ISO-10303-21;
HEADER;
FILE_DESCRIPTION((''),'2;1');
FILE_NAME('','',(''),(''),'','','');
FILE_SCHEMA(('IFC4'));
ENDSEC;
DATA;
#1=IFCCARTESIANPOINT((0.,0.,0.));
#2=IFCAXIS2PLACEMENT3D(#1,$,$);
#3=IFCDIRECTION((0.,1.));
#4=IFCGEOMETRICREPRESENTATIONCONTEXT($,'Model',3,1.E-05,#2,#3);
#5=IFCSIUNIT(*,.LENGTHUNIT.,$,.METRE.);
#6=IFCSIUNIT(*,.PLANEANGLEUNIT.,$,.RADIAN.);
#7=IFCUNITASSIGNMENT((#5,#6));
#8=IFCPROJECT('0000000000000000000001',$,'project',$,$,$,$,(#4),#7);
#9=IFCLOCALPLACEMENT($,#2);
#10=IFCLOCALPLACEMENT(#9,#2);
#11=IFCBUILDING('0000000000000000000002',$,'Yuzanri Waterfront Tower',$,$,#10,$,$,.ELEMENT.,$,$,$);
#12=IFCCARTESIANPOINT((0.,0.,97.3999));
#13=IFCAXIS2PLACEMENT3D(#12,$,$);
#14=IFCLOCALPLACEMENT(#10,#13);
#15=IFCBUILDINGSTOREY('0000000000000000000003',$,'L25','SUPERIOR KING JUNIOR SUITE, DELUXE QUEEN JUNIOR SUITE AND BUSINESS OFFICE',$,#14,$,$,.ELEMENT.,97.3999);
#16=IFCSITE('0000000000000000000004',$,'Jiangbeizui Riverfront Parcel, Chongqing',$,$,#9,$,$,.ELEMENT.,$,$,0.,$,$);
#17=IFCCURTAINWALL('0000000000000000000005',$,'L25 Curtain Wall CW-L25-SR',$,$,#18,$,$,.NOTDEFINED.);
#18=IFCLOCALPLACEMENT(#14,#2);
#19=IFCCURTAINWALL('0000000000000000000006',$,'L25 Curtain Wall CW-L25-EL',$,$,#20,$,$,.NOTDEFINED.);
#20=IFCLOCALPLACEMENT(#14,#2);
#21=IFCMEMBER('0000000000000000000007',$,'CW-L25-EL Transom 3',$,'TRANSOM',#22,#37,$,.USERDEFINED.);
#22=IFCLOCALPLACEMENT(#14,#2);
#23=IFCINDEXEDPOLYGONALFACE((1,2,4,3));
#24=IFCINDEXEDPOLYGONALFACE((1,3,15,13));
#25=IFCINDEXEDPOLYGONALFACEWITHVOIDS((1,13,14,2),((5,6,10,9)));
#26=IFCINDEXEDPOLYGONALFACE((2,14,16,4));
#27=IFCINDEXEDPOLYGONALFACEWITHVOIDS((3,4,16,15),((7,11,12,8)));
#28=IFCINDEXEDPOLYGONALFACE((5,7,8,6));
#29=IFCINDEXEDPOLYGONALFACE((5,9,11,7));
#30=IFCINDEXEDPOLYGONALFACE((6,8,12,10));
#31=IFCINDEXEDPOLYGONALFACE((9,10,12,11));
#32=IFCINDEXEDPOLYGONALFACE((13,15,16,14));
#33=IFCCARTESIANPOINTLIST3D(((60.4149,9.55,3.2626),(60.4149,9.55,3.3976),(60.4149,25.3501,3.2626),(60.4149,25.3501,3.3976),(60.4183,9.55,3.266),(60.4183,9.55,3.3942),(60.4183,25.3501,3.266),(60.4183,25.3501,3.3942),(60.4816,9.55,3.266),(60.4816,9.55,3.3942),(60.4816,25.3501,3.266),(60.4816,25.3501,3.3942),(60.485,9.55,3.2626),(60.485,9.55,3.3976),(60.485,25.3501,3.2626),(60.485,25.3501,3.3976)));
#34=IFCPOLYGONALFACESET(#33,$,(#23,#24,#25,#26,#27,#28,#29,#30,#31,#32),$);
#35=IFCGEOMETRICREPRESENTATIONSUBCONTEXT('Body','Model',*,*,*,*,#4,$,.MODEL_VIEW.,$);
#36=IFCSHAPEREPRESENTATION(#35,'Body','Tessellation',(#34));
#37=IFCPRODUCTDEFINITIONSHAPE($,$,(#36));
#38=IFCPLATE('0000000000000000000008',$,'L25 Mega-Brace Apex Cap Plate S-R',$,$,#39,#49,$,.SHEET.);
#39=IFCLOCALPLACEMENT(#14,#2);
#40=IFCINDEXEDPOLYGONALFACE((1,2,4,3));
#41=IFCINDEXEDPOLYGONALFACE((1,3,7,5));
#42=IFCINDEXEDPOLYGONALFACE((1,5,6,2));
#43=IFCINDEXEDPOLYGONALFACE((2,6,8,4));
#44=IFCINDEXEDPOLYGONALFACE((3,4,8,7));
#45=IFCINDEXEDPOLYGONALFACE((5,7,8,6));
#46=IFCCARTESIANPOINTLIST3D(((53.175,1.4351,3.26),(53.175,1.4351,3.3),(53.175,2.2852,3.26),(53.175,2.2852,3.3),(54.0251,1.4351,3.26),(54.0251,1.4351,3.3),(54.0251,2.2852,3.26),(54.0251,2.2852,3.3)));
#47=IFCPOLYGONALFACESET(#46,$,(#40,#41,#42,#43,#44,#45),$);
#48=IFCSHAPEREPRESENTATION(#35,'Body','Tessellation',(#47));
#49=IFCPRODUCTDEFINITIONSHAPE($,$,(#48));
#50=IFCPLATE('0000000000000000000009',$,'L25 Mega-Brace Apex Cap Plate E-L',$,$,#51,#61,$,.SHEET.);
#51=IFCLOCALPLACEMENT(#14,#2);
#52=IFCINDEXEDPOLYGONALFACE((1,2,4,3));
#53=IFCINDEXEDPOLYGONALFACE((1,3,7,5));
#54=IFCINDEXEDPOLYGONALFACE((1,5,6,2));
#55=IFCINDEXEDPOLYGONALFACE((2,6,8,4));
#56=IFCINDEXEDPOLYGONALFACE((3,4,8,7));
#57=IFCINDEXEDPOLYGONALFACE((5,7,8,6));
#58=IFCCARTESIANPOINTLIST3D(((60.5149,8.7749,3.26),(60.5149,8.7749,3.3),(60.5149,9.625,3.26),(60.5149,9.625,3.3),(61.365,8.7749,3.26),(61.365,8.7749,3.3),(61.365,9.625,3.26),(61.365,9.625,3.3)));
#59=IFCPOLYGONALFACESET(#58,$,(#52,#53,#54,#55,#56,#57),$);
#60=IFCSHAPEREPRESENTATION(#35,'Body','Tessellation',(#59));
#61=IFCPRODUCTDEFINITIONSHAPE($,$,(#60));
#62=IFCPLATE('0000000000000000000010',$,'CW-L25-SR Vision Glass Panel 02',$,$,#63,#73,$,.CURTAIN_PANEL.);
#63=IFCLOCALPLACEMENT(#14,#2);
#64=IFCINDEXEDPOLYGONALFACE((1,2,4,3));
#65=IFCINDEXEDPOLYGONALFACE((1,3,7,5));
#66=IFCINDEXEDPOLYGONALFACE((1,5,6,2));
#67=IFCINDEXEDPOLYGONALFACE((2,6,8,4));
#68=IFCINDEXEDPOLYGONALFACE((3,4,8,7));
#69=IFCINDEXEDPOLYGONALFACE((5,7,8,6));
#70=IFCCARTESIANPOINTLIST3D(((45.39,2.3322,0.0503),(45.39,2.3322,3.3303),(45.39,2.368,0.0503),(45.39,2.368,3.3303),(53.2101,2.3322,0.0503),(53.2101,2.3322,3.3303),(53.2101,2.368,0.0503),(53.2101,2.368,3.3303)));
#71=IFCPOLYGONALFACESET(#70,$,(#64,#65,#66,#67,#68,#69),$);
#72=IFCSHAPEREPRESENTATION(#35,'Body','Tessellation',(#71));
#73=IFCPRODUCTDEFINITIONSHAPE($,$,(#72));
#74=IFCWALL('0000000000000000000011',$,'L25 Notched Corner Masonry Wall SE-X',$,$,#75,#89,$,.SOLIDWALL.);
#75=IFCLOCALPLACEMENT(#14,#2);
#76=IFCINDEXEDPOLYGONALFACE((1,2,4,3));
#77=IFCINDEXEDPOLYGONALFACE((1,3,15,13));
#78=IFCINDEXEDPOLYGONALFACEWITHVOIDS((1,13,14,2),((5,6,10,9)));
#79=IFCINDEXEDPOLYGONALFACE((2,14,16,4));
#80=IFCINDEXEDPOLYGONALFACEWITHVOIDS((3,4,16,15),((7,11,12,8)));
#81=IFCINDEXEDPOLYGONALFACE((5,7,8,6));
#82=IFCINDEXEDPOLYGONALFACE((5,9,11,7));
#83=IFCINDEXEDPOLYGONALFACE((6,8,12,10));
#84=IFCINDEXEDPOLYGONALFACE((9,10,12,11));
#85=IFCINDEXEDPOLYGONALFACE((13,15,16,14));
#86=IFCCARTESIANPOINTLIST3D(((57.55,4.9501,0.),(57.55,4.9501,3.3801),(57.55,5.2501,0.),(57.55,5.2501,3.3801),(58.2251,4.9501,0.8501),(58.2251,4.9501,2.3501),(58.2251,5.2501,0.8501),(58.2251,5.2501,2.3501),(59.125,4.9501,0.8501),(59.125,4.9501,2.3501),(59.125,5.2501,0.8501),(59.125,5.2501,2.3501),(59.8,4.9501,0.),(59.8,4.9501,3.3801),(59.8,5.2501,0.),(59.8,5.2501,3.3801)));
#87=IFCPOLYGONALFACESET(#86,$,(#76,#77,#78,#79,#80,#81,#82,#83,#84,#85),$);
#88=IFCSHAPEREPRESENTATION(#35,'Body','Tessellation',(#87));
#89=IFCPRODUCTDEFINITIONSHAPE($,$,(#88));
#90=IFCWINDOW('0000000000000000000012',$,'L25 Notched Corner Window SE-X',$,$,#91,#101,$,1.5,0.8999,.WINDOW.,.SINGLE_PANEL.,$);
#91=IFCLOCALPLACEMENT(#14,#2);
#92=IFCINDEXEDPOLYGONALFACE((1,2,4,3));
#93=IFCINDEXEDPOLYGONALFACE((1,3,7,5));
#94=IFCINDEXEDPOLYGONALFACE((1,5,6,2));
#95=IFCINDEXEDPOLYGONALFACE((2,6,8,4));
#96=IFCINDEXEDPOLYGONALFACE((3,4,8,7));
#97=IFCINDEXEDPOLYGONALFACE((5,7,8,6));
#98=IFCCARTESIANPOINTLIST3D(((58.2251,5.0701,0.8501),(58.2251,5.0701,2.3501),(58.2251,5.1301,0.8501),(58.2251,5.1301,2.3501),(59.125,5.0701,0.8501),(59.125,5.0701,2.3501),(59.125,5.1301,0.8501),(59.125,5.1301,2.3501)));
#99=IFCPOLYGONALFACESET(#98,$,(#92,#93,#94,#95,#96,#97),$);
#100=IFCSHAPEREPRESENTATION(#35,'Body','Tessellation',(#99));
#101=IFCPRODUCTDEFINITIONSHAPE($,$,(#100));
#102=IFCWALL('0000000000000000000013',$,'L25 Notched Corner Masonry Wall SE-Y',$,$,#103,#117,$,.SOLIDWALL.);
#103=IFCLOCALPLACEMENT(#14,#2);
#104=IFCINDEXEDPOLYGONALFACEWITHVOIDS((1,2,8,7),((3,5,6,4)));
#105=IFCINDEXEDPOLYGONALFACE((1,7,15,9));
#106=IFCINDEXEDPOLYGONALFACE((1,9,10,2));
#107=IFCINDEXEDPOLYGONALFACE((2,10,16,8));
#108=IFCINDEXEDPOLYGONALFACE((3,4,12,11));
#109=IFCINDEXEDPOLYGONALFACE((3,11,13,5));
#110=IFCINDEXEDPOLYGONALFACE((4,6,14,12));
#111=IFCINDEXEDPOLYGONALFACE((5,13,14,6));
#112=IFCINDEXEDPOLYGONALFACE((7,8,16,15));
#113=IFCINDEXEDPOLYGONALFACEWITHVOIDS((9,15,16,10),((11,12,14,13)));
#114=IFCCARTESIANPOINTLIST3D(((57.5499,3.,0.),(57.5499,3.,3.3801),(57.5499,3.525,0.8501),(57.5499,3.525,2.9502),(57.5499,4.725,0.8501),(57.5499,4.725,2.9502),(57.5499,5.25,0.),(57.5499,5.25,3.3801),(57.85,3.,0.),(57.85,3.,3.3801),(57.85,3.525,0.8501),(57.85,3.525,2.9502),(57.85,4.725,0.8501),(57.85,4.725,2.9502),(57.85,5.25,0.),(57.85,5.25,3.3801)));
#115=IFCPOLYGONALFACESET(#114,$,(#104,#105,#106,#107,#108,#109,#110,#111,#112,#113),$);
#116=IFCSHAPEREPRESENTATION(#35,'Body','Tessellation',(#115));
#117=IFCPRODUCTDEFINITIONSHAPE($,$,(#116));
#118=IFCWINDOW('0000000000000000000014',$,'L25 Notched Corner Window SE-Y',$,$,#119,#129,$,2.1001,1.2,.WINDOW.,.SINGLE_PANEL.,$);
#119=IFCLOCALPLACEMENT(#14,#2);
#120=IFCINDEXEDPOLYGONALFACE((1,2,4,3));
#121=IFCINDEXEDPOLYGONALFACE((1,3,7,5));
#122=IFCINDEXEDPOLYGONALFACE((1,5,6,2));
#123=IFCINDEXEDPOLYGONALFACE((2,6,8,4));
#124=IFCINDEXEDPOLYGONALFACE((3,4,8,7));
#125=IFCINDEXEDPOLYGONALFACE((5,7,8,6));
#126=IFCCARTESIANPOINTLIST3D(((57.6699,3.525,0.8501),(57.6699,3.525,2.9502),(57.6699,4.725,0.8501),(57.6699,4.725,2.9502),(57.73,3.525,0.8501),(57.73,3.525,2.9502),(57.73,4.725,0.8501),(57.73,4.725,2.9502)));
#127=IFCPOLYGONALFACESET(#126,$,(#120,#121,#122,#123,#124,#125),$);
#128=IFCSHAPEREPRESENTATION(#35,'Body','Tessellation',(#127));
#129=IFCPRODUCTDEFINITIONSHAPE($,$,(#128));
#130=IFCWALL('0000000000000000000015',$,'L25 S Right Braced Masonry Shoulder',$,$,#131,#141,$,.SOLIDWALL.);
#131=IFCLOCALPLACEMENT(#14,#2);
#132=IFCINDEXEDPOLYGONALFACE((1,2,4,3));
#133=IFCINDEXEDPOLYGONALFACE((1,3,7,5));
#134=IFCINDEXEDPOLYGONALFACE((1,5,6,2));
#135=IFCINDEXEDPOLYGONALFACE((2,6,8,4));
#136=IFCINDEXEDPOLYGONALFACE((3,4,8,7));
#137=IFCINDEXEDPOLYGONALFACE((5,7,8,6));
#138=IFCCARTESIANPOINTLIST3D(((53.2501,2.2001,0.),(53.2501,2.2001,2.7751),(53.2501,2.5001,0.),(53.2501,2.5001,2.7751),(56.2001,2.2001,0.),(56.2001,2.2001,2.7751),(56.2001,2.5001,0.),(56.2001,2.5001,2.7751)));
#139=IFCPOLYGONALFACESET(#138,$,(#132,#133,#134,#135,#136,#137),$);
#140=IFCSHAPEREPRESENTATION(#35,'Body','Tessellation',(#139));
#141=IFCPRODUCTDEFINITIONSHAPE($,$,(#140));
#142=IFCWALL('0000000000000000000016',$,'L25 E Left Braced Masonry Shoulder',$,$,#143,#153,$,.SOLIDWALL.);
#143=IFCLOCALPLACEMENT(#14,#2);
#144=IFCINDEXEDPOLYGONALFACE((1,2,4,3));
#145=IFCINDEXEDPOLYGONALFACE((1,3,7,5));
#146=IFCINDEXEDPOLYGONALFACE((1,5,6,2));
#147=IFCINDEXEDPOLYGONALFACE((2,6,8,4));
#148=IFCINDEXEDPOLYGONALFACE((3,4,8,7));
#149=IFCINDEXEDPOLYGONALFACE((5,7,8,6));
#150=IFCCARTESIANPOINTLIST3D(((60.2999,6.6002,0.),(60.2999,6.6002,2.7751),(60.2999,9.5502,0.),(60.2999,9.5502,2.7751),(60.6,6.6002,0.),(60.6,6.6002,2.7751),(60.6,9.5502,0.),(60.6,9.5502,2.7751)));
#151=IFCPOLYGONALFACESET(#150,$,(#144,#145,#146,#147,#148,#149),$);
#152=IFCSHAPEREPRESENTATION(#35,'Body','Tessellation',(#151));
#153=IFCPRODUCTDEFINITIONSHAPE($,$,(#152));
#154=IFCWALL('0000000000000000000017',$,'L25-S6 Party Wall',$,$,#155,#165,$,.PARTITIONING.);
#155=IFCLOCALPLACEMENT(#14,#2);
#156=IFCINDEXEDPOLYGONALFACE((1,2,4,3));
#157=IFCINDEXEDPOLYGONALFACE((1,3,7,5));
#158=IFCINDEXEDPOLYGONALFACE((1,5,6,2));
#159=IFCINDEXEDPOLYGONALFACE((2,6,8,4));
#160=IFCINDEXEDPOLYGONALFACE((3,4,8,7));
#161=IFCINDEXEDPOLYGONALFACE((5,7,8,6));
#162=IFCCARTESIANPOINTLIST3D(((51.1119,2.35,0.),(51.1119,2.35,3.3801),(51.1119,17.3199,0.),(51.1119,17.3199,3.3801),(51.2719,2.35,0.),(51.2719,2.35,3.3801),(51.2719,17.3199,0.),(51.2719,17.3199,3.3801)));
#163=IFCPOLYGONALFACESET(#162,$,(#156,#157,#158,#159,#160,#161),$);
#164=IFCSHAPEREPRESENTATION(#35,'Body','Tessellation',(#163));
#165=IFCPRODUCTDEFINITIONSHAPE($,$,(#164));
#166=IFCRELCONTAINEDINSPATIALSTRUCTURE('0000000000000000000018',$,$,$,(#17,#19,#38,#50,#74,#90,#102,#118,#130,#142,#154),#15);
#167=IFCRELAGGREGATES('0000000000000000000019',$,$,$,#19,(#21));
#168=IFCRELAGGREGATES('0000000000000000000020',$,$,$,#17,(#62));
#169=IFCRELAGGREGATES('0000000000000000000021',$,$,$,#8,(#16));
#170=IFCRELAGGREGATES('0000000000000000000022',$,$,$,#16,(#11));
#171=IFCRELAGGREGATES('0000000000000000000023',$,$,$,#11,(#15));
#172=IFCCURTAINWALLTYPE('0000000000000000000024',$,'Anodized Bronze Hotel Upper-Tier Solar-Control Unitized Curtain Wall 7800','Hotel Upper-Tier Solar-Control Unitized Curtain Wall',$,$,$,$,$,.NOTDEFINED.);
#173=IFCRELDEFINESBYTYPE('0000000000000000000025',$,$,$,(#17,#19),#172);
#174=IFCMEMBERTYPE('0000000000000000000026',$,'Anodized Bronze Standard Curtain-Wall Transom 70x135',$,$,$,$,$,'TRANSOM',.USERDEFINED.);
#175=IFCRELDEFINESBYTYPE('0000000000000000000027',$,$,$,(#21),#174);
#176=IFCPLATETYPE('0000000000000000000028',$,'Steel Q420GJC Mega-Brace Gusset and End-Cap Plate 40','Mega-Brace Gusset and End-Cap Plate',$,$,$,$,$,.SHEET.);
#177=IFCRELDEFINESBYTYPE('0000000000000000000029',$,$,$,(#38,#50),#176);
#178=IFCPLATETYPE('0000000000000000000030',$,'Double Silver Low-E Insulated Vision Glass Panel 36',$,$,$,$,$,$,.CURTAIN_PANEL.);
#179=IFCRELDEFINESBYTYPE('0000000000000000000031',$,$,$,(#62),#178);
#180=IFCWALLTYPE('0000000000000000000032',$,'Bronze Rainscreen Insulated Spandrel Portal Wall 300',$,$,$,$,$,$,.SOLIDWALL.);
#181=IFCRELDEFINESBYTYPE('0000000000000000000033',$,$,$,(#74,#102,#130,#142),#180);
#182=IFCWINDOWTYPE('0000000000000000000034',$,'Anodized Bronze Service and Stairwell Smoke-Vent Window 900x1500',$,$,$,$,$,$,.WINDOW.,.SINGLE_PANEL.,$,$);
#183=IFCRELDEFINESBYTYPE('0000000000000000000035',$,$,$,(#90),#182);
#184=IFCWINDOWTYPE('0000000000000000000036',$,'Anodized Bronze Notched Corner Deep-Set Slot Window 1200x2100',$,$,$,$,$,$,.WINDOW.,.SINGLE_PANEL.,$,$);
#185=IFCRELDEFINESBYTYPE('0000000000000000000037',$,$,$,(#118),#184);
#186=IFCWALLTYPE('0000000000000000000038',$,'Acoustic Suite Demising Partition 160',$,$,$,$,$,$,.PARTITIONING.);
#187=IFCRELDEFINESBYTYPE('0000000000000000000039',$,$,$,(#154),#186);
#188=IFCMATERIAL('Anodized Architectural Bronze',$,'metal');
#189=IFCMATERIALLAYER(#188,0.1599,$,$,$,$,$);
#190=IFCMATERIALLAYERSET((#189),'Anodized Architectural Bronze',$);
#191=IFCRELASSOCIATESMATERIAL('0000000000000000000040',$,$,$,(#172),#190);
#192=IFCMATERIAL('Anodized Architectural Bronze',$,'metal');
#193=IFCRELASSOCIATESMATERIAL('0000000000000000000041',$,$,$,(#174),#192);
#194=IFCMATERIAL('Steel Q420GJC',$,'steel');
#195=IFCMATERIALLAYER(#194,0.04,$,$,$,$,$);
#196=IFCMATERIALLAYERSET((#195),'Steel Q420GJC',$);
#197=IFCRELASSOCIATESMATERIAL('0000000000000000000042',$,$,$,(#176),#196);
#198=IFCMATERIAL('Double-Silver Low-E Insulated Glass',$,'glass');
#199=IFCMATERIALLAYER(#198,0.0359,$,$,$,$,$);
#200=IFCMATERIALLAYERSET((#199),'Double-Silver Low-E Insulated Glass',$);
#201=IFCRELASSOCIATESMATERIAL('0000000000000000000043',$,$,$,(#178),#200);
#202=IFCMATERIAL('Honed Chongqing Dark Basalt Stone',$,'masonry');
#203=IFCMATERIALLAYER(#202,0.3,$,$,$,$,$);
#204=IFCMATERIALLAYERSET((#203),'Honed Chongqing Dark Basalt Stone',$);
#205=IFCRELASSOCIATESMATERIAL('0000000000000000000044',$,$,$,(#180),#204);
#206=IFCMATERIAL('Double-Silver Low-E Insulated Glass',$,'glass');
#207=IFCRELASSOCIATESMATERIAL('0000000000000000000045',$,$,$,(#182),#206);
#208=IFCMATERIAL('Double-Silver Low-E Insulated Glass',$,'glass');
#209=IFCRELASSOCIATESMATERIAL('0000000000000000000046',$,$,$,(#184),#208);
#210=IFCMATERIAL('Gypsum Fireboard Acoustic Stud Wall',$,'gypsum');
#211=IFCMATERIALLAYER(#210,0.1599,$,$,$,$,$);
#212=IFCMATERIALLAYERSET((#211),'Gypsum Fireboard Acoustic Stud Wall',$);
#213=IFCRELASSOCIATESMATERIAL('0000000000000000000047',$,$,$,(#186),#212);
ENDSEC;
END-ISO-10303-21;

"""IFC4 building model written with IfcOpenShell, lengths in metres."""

from ifc_helpers import new_model, si_unit, direction, frame, frame_2d, origin, origin_2d, place, context, subcontext, project, spatial, rectangle, hollow_rectangle, extrude, source, transform, mapped, material, layer, layer_set, material_profile, profile_set, type_object, element, fill, aggregate, save


model = new_model("IFC4")

# Units and contexts
model_context = context("Model", 3, precision=1e-05, world=origin(), true_north=direction((0.0, 1.0)))
body_context = subcontext(model_context, "Body", "Model", "MODEL_VIEW")
ifc_project = project(units=[si_unit("LENGTHUNIT", "METRE"), si_unit("PLANEANGLEUNIT", "RADIAN")], contexts=[model_context])

# Site, building, storey
site_placement = place(None, origin())
site = spatial("IfcSite", under=ifc_project, at=site_placement, Name="Jiangbeizui Riverfront Parcel, Chongqing", CompositionType="ELEMENT", RefElevation=0.0)
building_placement = place(site_placement, origin())
building = spatial("IfcBuilding", under=site, at=building_placement, Name="Yuzanri Waterfront Tower", CompositionType="ELEMENT")
storey_placement = place(building_placement, frame((0.0, 0.0, 97.3999)))
storey = spatial("IfcBuildingStorey", under=building, at=storey_placement, Name="L25", Description="SUPERIOR KING JUNIOR SUITE, DELUXE QUEEN JUNIOR SUITE AND BUSINESS OFFICE", CompositionType="ELEMENT", Elevation=97.3999)

# Curtain walls, member
ifc_material_1 = material(Name="Anodized Architectural Bronze", Category="metal")
ifc_layer_1 = layer(ifc_material_1, 0.1599)
ifc_layer_set_1 = layer_set([ifc_layer_1], Name="Anodized Architectural Bronze")
curtain_wall_type = type_object("IfcCurtainWallType", Name="Anodized Bronze Hotel Upper-Tier Solar-Control Unitized Curtain Wall 7800", Description="Hotel Upper-Tier Solar-Control Unitized Curtain Wall", PredefinedType="NOTDEFINED", material=ifc_layer_set_1)
curtain_wall_1_placement = place(storey_placement, origin())
curtain_wall_1 = element("IfcCurtainWall", 1, at=curtain_wall_1_placement, inside=storey, type_object=curtain_wall_type, Name="L25 Curtain Wall CW-L25-SR", PredefinedType="NOTDEFINED")
curtain_wall_2_placement = place(storey_placement, origin())
curtain_wall_2 = element("IfcCurtainWall", 2, at=curtain_wall_2_placement, inside=storey, type_object=curtain_wall_type, Name="L25 Curtain Wall CW-L25-EL", PredefinedType="NOTDEFINED")
ifc_material_2 = material(Name="Anodized Architectural Bronze", Category="metal")
ifc_material_profile_1 = material_profile(ifc_material_2, hollow_rectangle(XDim=0.0701, YDim=0.135, WallThickness=0.0034, at=origin_2d()), Name="CWT 70x135")
ifc_profile_set_1 = profile_set([ifc_material_profile_1], Name="Anodized Architectural Bronze")
member_type_1 = type_object("IfcMemberType", Name="Anodized Bronze Standard Curtain-Wall Transom 70x135", ElementType="TRANSOM", PredefinedType="USERDEFINED", material=ifc_profile_set_1)
shared_shape_1 = source(origin(), body_context, "Body", "SweptSolid", [
    extrude(hollow_rectangle(XDim=0.0701, YDim=0.135, WallThickness=0.0034, at=origin_2d()), origin(), (0.0, 0.0, 1.0), 15.8),
])
member_1_placement = place(storey_placement, frame((60.45, 9.55, 3.3301), z_axis=(0.0, 1.0, 0.0), x_axis=(-1.0, 0.0, 0.0)))
member_1 = element("IfcMember", 3, at=member_1_placement, type_object=member_type_1, Name="CW-L25-EL Transom 3", ObjectType="TRANSOM", PredefinedType="USERDEFINED", context=body_context, shape_type="MappedRepresentation", body=[
    mapped(shared_shape_1, transform((0.0, 0.0, 0.0), scale=1.0)),
])
aggregate(curtain_wall_2, [member_1])

# Plates
ifc_material_3 = material(Name="Steel Q420GJC", Category="steel")
ifc_layer_2 = layer(ifc_material_3, 0.04)
ifc_layer_set_2 = layer_set([ifc_layer_2], Name="Steel Q420GJC")
plate_type_1 = type_object("IfcPlateType", Name="Steel Q420GJC Mega-Brace Gusset and End-Cap Plate 40", Description="Mega-Brace Gusset and End-Cap Plate", PredefinedType="SHEET", material=ifc_layer_set_2)
shared_shape_2 = source(origin(), body_context, "Body", "SweptSolid", [
    extrude(rectangle(XDim=0.8501, YDim=0.8501, at=origin_2d()), origin(), (0.0, 0.0, 1.0), 0.04),
])
for number, where, z_axis, x_axis, name in (
    (4, (53.6001, 1.8601, 3.26), (0.0, 0.0, 1.0), (1.0, 0.0, 0.0), "L25 Mega-Brace Apex Cap Plate S-R"),
    (5, (60.9399, 9.2, 3.26), (0.0, 0.0, 1.0), (1.0, 0.0, 0.0), "L25 Mega-Brace Apex Cap Plate E-L"),
):
    element("IfcPlate", number, at=place(storey_placement, frame(where, z_axis=z_axis, x_axis=x_axis)), inside=storey, type_object=plate_type_1, Name=name, PredefinedType="SHEET", context=body_context, shape_type="MappedRepresentation", body=[
        mapped(shared_shape_2, transform((0.0, 0.0, 0.0), scale=1.0)),
    ])

# Plate
ifc_material_4 = material(Name="Double-Silver Low-E Insulated Glass", Category="glass")
ifc_layer_3 = layer(ifc_material_4, 0.0359)
ifc_layer_set_3 = layer_set([ifc_layer_3], Name="Double-Silver Low-E Insulated Glass")
plate_type_2 = type_object("IfcPlateType", Name="Double Silver Low-E Insulated Vision Glass Panel 36", PredefinedType="CURTAIN_PANEL", material=ifc_layer_set_3)
shared_shape_3 = source(origin(), body_context, "Body", "SweptSolid", [
    extrude(rectangle(XDim=7.8201, YDim=0.0359, at=origin_2d()), origin(), (0.0, 0.0, 1.0), 3.28),
])
plate_placement = place(storey_placement, frame((49.3, 2.3501, 0.0503), z_axis=(0.0, 0.0, 1.0), x_axis=(1.0, 0.0, 0.0)))
plate = element("IfcPlate", 6, at=plate_placement, type_object=plate_type_2, Name="CW-L25-SR Vision Glass Panel 02", PredefinedType="CURTAIN_PANEL", context=body_context, shape_type="MappedRepresentation", body=[
    mapped(shared_shape_3, transform((0.0, 0.0, 0.0), scale=1.0)),
])
aggregate(curtain_wall_1, [plate])

# Walls, openings, windows
ifc_material_5 = material(Name="Honed Chongqing Dark Basalt Stone", Category="masonry")
ifc_layer_4 = layer(ifc_material_5, 0.3)
ifc_layer_set_4 = layer_set([ifc_layer_4], Name="Honed Chongqing Dark Basalt Stone")
wall_type_1 = type_object("IfcWallType", Name="Bronze Rainscreen Insulated Spandrel Portal Wall 300", PredefinedType="SOLIDWALL", material=ifc_layer_set_4)
wall_1_placement = place(storey_placement, frame((57.55, 5.1001, 0.0), z_axis=(0.0, 0.0, 1.0), x_axis=(1.0, 0.0, 0.0)))
wall_1 = element("IfcWall", 7, at=wall_1_placement, inside=storey, type_object=wall_type_1, Name="L25 Notched Corner Masonry Wall SE-X", PredefinedType="SOLIDWALL", context=body_context, shape_type="SweptSolid", body=[
    extrude(rectangle(XDim=2.25, YDim=0.3, at=frame_2d((1.125, 0.0))), origin(), (0.0, 0.0, 1.0), 3.3801),
])
opening_1_placement = place(wall_1_placement, frame((0.675, 0.0, 0.8501)))
opening_1 = element("IfcOpeningElement", 8, at=opening_1_placement, cuts=wall_1, PredefinedType="OPENING", context=body_context, shape_type="SweptSolid", body=[
    extrude(rectangle(XDim=0.8999, YDim=1.5, at=frame_2d((0.45, 0.75))), frame((0.0, 0.165, 0.0), z_axis=(0.0, -1.0, 0.0), x_axis=(1.0, 0.0, 0.0)), (0.0, 0.0, 1.0), 0.3298),
])
ifc_material_6 = material(Name="Double-Silver Low-E Insulated Glass", Category="glass")
window_type_1 = type_object("IfcWindowType", Name="Anodized Bronze Service and Stairwell Smoke-Vent Window 900x1500", PartitioningType="SINGLE_PANEL", PredefinedType="WINDOW", material=ifc_material_6)
shared_shape_4 = source(origin(), body_context, "Body", "SweptSolid", [
    extrude(rectangle(XDim=0.8999, YDim=1.5, at=frame_2d((0.45, 0.75))), frame((0.0, 0.03, 0.0), z_axis=(0.0, -1.0, 0.0), x_axis=(1.0, 0.0, 0.0)), (0.0, 0.0, 1.0), 0.0601),
])
window_1_placement = place(opening_1_placement, origin())
window_1 = element("IfcWindow", 9, at=window_1_placement, inside=storey, type_object=window_type_1, Name="L25 Notched Corner Window SE-X", OverallHeight=1.5, OverallWidth=0.8999, PartitioningType="SINGLE_PANEL", PredefinedType="WINDOW", context=body_context, shape_type="MappedRepresentation", body=[
    mapped(shared_shape_4, transform((0.0, 0.0, 0.0), scale=1.0)),
])
fill(opening_1, window_1)
wall_2_placement = place(storey_placement, frame((57.7, 3.0, 0.0), z_axis=(0.0, 0.0, 1.0), x_axis=(0.0, 1.0, 0.0)))
wall_2 = element("IfcWall", 10, at=wall_2_placement, inside=storey, type_object=wall_type_1, Name="L25 Notched Corner Masonry Wall SE-Y", PredefinedType="SOLIDWALL", context=body_context, shape_type="SweptSolid", body=[
    extrude(rectangle(XDim=2.25, YDim=0.3, at=frame_2d((1.125, 0.0))), origin(), (0.0, 0.0, 1.0), 3.3801),
])
opening_2_placement = place(wall_2_placement, frame((0.5249, 0.0, 0.8501)))
opening_2 = element("IfcOpeningElement", 11, at=opening_2_placement, cuts=wall_2, PredefinedType="OPENING", context=body_context, shape_type="SweptSolid", body=[
    extrude(rectangle(XDim=1.2, YDim=2.1001, at=frame_2d((0.6001, 1.05))), frame((0.0, 0.165, 0.0), z_axis=(0.0, -1.0, 0.0), x_axis=(1.0, 0.0, 0.0)), (0.0, 0.0, 1.0), 0.3298),
])
ifc_material_7 = material(Name="Double-Silver Low-E Insulated Glass", Category="glass")
window_type_2 = type_object("IfcWindowType", Name="Anodized Bronze Notched Corner Deep-Set Slot Window 1200x2100", PartitioningType="SINGLE_PANEL", PredefinedType="WINDOW", material=ifc_material_7)
shared_shape_5 = source(origin(), body_context, "Body", "SweptSolid", [
    extrude(rectangle(XDim=1.2, YDim=2.1001, at=frame_2d((0.6001, 1.05))), frame((0.0, 0.03, 0.0), z_axis=(0.0, -1.0, 0.0), x_axis=(1.0, 0.0, 0.0)), (0.0, 0.0, 1.0), 0.0601),
])
window_2_placement = place(opening_2_placement, origin())
window_2 = element("IfcWindow", 12, at=window_2_placement, inside=storey, type_object=window_type_2, Name="L25 Notched Corner Window SE-Y", OverallHeight=2.1001, OverallWidth=1.2, PartitioningType="SINGLE_PANEL", PredefinedType="WINDOW", context=body_context, shape_type="MappedRepresentation", body=[
    mapped(shared_shape_5, transform((0.0, 0.0, 0.0), scale=1.0)),
])
fill(opening_2, window_2)

# Walls
shared_shape_6 = source(origin(), body_context, "Body", "SweptSolid", [
    extrude(rectangle(XDim=2.95, YDim=0.3, at=frame_2d((1.4751, 0.0))), origin(), (0.0, 0.0, 1.0), 2.7751),
])
for number, where, z_axis, x_axis, name in (
    (13, (53.25, 2.3501, 0.0), (0.0, 0.0, 1.0), (1.0, 0.0, 0.0), "L25 S Right Braced Masonry Shoulder"),
    (14, (60.45, 6.6001, 0.0), (0.0, 0.0, 1.0), (0.0, 1.0, 0.0), "L25 E Left Braced Masonry Shoulder"),
):
    element("IfcWall", number, at=place(storey_placement, frame(where, z_axis=z_axis, x_axis=x_axis)), inside=storey, type_object=wall_type_1, Name=name, PredefinedType="SOLIDWALL", context=body_context, shape_type="MappedRepresentation", body=[
        mapped(shared_shape_6, transform((0.0, 0.0, 0.0), scale=1.0)),
    ])
ifc_material_8 = material(Name="Gypsum Fireboard Acoustic Stud Wall", Category="gypsum")
ifc_layer_5 = layer(ifc_material_8, 0.1599)
ifc_layer_set_5 = layer_set([ifc_layer_5], Name="Gypsum Fireboard Acoustic Stud Wall")
wall_type_2 = type_object("IfcWallType", Name="Acoustic Suite Demising Partition 160", PredefinedType="PARTITIONING", material=ifc_layer_set_5)
shared_shape_7 = source(origin(), body_context, "Body", "SweptSolid", [
    extrude(rectangle(XDim=14.97, YDim=0.1599, at=frame_2d((7.4849, 0.0))), origin(), (0.0, 0.0, 1.0), 3.3801),
])
wall_3_placement = place(storey_placement, frame((51.1919, 2.3501, 0.0), z_axis=(0.0, 0.0, 1.0), x_axis=(0.0, 1.0, 0.0)))
element("IfcWall", 15, at=wall_3_placement, inside=storey, type_object=wall_type_2, Name="L25-S6 Party Wall", PredefinedType="PARTITIONING", context=body_context, shape_type="MappedRepresentation", body=[
    mapped(shared_shape_7, transform((0.0, 0.0, 0.0), scale=1.0)),
])

save(model, "model.ifc")
